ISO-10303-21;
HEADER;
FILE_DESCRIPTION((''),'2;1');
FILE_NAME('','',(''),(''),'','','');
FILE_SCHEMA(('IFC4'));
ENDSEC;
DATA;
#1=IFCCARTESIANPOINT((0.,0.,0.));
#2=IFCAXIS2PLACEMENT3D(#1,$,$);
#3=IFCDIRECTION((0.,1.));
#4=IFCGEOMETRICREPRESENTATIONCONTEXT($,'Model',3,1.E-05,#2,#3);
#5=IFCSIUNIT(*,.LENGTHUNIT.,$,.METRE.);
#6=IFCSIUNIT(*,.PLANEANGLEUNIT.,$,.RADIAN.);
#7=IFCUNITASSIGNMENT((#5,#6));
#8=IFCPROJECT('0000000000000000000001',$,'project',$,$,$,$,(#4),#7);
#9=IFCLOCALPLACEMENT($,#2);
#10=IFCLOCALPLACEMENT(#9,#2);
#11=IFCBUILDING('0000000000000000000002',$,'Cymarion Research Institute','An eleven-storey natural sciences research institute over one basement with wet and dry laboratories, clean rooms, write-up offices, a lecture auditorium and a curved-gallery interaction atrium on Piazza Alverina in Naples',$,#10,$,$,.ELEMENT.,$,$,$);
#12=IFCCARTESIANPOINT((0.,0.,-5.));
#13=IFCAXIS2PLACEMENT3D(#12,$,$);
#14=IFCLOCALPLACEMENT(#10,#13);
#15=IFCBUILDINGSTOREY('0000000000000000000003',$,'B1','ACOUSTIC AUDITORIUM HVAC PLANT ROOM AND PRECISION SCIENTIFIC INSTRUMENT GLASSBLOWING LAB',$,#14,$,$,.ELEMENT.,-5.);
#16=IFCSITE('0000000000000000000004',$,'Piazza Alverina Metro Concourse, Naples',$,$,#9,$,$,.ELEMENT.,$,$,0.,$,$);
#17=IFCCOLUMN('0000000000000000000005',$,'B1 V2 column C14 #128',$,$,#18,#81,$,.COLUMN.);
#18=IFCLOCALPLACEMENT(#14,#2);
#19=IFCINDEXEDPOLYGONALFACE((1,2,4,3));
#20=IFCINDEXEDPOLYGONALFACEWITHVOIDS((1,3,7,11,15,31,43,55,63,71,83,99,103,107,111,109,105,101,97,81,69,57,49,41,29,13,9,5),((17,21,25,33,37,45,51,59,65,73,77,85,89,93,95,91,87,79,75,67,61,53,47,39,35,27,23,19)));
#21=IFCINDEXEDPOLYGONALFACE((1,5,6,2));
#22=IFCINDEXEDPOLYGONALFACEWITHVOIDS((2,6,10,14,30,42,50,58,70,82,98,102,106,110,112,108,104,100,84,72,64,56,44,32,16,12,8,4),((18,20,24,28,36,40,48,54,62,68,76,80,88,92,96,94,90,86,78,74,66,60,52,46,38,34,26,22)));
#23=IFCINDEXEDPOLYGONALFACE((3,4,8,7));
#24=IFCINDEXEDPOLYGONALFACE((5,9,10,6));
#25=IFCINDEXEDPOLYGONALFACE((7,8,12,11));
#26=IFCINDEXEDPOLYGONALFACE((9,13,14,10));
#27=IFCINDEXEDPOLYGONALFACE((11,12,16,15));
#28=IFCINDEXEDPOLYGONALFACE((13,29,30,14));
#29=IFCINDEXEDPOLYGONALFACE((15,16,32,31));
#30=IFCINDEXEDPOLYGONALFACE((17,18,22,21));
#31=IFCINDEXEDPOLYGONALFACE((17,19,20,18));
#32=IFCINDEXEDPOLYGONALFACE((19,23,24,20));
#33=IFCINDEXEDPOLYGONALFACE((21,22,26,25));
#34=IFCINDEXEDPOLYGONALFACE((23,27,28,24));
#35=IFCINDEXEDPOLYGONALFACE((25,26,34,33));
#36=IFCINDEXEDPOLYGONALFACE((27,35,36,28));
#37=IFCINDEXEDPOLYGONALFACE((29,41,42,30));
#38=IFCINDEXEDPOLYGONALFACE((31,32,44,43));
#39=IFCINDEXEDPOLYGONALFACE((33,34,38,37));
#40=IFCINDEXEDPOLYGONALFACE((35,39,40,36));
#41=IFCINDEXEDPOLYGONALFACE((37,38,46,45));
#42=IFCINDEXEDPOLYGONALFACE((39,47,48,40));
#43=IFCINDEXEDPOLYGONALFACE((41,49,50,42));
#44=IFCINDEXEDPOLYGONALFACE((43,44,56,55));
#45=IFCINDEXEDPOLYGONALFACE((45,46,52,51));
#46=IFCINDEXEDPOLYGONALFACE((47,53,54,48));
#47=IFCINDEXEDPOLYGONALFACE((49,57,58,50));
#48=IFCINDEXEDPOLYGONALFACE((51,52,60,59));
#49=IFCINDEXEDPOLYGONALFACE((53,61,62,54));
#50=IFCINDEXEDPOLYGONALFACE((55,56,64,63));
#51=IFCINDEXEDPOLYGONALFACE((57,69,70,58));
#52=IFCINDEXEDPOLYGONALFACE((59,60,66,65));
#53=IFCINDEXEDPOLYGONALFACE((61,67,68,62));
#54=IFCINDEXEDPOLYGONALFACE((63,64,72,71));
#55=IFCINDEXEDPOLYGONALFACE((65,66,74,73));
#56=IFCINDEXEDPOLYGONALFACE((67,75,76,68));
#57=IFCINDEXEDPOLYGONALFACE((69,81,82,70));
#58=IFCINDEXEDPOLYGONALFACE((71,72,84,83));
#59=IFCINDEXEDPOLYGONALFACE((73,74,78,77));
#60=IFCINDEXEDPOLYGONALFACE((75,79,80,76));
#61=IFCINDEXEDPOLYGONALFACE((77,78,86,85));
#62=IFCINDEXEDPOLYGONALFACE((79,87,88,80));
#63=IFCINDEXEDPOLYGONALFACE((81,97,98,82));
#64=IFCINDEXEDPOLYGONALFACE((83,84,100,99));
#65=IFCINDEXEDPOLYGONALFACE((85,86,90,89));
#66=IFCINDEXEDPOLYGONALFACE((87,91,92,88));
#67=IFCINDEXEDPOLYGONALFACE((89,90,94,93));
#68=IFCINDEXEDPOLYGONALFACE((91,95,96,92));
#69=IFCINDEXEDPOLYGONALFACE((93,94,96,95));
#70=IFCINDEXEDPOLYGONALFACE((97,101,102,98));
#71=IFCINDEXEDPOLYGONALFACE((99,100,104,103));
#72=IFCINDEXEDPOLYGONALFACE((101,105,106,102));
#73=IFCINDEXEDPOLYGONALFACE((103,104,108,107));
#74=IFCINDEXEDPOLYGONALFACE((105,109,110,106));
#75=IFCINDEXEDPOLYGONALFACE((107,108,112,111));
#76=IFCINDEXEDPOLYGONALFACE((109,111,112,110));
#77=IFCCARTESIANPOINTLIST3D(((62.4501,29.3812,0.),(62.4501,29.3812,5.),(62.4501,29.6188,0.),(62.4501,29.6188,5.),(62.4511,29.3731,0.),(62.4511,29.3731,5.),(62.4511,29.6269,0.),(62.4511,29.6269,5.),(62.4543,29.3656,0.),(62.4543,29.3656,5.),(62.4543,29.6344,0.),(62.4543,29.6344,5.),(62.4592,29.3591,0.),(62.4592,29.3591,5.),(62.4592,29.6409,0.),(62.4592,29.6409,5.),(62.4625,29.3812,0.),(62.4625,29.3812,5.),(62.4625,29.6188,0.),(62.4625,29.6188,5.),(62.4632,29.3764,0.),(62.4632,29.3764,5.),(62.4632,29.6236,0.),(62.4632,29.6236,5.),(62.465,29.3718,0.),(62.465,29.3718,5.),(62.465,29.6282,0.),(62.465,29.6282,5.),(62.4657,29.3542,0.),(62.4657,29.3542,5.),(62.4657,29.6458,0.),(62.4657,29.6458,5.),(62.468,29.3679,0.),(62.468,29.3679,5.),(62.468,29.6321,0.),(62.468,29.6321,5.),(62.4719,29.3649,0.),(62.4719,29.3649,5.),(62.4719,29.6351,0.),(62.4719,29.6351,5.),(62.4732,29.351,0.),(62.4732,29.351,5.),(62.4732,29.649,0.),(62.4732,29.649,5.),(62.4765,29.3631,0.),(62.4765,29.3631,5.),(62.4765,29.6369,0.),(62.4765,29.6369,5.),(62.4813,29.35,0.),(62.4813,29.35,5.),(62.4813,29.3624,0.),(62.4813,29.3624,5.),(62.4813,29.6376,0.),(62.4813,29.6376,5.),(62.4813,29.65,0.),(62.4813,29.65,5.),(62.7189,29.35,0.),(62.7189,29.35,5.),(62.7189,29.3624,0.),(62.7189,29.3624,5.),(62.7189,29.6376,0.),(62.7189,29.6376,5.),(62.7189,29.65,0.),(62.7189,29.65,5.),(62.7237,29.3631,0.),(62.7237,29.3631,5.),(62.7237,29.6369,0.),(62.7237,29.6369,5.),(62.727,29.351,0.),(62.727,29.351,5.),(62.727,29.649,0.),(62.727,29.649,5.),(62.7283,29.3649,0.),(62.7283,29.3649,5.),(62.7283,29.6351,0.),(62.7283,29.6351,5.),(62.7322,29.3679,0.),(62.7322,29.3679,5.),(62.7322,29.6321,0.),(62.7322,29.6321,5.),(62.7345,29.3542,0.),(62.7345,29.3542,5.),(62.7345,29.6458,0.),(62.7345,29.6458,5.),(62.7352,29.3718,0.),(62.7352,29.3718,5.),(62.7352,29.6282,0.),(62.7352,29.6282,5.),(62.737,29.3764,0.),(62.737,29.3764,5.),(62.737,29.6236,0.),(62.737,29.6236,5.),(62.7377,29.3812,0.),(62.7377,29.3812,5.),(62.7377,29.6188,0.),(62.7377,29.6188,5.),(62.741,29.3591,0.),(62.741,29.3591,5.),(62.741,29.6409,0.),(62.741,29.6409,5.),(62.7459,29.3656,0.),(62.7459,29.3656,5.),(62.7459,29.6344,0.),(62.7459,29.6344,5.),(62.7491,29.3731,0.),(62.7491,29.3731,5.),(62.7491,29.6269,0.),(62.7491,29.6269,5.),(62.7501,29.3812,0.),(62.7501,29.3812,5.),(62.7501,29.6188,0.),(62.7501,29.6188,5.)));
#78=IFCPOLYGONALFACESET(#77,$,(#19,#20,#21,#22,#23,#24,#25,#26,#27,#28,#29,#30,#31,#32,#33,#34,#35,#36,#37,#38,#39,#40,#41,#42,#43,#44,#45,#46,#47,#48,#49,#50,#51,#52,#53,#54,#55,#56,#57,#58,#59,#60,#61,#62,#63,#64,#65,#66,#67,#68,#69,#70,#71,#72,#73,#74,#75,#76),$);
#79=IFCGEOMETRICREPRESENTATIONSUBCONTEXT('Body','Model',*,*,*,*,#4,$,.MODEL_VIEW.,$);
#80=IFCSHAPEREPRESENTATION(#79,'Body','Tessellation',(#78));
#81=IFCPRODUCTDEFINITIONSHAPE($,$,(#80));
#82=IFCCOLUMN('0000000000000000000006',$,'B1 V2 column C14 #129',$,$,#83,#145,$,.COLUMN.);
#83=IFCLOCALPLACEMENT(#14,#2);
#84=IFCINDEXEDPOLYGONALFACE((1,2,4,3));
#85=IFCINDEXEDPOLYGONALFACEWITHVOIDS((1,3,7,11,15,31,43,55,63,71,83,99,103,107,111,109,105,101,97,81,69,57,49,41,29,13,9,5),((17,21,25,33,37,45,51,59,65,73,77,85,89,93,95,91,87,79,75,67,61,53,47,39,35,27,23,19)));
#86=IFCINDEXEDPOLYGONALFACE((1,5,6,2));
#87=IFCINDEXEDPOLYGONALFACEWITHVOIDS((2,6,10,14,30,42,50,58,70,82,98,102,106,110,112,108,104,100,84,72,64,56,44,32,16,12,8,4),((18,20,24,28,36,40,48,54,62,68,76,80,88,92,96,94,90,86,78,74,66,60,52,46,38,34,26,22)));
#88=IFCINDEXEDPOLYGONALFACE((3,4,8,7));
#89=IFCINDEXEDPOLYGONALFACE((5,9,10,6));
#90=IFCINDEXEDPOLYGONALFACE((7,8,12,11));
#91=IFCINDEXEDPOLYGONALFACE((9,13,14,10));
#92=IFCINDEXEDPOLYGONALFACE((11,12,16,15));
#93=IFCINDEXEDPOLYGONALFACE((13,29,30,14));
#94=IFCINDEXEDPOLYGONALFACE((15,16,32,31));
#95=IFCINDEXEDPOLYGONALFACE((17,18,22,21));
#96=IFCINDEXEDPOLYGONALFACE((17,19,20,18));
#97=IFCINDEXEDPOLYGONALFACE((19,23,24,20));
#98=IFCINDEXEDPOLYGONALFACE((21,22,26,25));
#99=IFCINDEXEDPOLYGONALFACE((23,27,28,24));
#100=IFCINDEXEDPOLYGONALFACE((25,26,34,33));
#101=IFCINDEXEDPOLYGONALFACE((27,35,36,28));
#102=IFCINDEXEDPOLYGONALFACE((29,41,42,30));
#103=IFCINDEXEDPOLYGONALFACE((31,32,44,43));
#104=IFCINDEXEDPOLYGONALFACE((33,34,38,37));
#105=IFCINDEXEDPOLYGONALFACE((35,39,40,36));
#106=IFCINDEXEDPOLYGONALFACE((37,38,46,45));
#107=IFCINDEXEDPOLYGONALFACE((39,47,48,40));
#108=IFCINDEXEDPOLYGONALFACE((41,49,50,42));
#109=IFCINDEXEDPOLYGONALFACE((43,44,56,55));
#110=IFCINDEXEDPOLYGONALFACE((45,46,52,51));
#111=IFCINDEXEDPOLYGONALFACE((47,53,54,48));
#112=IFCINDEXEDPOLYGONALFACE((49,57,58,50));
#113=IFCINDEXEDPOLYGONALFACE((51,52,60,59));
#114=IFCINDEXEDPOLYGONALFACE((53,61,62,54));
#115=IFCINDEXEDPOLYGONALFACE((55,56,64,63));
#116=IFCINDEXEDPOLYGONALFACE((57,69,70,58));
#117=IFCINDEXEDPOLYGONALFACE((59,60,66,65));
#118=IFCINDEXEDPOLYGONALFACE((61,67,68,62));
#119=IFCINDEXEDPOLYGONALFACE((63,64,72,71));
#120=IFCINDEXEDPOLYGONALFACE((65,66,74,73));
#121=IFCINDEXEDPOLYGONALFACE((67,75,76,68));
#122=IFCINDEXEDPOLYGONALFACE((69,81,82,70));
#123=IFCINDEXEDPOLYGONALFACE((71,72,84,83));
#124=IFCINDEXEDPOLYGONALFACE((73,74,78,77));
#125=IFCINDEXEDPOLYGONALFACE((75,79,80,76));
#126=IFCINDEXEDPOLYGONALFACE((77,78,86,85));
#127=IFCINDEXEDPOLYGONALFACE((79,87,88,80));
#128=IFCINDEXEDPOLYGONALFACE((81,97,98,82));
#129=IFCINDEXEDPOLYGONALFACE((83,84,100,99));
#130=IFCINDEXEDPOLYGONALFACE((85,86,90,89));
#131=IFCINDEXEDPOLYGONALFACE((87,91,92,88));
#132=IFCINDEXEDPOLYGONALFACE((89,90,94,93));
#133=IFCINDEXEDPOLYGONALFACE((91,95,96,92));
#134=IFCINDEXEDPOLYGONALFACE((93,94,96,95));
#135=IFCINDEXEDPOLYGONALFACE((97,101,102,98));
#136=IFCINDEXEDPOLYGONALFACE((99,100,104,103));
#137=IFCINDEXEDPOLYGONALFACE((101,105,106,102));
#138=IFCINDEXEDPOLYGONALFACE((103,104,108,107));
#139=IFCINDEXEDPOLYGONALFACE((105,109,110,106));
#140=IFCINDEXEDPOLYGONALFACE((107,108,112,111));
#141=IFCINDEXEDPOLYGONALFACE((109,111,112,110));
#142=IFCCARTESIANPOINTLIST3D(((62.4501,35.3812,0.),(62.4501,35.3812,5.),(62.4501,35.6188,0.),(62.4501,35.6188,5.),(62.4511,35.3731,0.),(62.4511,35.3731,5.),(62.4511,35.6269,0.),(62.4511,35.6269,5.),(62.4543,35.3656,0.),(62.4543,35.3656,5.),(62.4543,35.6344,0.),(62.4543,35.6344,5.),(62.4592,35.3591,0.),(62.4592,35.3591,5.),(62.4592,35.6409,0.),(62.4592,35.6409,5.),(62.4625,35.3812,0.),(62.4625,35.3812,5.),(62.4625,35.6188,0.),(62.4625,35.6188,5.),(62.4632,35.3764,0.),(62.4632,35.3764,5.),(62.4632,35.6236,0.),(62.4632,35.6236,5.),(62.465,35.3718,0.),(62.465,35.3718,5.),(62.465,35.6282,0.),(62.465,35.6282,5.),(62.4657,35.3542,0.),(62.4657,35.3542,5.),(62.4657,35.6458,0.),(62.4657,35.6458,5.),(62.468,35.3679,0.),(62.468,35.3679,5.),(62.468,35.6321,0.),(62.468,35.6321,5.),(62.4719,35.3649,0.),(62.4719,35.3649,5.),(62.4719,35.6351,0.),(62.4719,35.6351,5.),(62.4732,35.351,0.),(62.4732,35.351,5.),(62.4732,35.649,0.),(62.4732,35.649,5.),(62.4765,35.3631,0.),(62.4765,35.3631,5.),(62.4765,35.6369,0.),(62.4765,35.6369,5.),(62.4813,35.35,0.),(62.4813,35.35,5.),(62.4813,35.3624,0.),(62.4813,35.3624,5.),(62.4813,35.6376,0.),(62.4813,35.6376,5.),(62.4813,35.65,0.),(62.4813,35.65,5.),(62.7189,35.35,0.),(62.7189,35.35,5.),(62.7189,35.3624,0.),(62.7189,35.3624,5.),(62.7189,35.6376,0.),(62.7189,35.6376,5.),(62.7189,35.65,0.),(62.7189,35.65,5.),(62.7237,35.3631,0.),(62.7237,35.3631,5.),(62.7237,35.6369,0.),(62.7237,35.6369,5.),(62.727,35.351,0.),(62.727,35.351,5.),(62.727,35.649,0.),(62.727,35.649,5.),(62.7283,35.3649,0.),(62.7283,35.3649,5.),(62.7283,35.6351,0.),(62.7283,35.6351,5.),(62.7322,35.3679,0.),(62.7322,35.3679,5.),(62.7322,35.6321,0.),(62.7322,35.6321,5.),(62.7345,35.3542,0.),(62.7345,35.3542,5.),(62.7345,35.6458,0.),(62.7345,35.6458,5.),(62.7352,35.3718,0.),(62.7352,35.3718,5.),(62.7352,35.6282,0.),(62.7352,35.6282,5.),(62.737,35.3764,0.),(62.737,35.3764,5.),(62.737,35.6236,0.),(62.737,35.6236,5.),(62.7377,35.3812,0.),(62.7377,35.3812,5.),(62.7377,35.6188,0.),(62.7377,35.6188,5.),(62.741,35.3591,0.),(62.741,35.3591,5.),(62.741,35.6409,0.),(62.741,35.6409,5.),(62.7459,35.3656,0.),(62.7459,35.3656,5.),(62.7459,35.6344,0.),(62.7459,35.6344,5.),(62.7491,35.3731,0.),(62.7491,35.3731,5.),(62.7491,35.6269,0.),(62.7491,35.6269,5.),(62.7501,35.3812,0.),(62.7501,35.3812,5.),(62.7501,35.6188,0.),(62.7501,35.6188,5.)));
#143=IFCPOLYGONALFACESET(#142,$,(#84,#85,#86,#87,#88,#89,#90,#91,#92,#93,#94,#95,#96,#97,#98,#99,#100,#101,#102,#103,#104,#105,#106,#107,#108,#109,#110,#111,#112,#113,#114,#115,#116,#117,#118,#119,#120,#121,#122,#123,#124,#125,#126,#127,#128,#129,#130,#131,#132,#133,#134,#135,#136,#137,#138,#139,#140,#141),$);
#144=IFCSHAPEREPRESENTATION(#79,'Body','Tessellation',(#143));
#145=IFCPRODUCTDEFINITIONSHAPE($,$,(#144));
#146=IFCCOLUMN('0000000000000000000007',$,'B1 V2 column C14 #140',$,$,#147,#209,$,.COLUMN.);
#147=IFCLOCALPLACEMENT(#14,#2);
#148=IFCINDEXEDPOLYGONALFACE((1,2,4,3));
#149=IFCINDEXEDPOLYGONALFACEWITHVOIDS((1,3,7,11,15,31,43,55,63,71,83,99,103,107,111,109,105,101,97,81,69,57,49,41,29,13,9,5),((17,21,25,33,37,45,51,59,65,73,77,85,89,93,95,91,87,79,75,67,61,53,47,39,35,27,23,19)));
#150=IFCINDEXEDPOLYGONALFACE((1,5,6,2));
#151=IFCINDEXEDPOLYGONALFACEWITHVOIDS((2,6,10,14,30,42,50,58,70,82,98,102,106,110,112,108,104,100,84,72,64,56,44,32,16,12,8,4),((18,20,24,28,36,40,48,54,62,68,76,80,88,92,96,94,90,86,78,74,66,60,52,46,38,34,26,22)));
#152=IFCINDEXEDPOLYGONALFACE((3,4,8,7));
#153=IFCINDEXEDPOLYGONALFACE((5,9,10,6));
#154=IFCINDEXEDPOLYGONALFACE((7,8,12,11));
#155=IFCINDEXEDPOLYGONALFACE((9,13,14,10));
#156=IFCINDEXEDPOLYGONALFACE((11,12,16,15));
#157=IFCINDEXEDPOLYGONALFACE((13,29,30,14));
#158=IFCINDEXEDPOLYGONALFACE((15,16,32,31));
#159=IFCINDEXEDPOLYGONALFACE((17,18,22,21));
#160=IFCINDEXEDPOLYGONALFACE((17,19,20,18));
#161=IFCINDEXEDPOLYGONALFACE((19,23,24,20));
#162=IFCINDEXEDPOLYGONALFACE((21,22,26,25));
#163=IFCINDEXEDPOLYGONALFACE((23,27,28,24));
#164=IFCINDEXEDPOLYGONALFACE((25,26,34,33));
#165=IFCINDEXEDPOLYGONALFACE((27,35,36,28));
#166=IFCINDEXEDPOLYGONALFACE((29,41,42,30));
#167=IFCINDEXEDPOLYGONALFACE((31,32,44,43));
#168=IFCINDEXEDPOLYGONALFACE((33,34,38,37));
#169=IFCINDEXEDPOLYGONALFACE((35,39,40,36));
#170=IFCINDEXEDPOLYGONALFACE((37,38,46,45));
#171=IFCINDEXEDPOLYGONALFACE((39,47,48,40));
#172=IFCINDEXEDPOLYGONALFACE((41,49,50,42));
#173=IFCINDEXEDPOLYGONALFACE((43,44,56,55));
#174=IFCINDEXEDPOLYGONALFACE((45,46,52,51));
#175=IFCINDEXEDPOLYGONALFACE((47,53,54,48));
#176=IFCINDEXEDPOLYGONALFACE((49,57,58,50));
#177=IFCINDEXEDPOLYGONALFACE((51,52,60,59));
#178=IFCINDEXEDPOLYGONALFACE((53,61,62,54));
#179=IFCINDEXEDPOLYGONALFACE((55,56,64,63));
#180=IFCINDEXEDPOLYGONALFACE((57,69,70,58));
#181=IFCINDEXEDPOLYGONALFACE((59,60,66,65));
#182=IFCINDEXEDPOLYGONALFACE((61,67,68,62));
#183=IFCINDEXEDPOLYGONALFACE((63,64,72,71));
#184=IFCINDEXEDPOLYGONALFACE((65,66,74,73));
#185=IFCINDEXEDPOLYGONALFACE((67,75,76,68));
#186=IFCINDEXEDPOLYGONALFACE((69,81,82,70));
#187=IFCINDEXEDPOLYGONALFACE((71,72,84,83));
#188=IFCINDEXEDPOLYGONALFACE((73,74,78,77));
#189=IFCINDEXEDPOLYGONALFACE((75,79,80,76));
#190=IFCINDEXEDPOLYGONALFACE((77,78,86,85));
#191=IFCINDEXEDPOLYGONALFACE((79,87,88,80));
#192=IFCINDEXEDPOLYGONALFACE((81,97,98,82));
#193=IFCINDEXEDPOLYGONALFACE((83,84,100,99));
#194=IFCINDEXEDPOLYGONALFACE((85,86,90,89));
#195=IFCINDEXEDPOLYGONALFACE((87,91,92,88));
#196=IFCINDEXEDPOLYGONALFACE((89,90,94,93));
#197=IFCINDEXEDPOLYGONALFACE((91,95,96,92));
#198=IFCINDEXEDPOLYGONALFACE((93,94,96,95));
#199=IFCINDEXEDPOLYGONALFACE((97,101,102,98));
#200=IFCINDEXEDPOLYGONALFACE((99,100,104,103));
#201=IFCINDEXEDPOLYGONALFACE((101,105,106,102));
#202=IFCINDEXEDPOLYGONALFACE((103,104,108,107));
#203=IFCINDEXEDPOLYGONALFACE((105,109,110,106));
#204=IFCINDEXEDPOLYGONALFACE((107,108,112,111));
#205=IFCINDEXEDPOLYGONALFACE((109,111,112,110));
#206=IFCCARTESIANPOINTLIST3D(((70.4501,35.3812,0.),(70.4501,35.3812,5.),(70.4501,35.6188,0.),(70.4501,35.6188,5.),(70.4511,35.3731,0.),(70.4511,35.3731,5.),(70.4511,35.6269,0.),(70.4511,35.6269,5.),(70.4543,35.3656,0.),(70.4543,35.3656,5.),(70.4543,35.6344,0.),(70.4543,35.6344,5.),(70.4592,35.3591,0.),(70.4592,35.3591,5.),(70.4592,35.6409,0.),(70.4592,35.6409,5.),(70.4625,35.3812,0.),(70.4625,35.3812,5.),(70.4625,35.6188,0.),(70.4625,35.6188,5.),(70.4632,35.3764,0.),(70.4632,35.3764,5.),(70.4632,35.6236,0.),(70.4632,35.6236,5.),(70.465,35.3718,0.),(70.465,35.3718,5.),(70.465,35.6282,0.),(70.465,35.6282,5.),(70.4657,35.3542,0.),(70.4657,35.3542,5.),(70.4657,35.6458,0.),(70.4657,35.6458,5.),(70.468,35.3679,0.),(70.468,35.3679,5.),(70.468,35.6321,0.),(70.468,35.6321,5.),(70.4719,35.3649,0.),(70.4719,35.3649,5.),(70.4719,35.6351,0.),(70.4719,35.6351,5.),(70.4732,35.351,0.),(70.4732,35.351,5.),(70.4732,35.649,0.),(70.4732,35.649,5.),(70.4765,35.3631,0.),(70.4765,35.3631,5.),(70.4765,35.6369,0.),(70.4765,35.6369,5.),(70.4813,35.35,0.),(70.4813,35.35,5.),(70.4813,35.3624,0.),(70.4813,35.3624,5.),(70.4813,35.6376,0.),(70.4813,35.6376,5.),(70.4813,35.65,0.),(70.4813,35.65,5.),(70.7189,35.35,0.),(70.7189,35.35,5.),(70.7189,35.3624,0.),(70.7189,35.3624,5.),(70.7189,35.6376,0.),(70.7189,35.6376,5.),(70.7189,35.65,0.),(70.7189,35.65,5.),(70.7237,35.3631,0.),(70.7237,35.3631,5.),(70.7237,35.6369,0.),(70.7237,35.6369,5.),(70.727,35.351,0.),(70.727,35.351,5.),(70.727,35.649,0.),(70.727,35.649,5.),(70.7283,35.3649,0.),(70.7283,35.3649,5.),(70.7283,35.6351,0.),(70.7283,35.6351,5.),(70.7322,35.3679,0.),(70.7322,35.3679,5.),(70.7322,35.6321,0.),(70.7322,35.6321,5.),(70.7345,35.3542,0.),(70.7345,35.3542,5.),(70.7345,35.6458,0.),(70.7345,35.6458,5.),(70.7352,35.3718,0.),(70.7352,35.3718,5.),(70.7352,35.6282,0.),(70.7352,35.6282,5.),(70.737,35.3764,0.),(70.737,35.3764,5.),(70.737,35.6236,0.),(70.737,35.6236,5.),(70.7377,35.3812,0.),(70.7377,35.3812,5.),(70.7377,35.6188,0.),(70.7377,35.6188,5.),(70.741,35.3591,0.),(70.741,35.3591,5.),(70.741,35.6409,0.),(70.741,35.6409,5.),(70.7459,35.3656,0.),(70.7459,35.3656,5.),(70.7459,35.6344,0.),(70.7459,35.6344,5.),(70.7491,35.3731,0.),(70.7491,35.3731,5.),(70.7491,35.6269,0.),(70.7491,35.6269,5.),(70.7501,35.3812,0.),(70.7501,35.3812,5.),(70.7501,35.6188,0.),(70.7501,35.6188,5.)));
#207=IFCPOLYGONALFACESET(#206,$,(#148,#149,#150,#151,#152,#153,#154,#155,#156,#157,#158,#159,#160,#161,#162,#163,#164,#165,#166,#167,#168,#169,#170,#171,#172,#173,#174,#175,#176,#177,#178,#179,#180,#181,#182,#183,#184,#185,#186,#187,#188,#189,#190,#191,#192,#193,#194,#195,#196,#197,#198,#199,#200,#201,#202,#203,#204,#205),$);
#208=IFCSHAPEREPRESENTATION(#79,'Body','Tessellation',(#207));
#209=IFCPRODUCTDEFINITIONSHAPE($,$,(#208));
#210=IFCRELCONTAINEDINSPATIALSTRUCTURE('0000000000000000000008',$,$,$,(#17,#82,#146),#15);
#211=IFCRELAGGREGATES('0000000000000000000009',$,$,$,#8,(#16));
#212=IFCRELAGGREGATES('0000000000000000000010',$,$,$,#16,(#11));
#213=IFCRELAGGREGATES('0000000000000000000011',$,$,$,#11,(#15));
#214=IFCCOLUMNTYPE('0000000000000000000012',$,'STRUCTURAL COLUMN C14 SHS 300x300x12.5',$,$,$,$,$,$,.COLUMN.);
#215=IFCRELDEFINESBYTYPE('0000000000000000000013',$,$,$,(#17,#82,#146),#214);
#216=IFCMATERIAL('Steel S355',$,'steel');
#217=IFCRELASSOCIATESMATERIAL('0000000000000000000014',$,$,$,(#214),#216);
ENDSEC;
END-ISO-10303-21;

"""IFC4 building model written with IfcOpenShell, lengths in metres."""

from ifc_helpers import new_model, si_unit, direction, frame, origin, origin_2d, place, context, subcontext, project, spatial, hollow_rectangle, extrude, material, material_profile, profile_set, type_object, element, save


model = new_model("IFC4")

# Units and contexts
model_context = context("Model", 3, precision=1e-05, world=origin(), true_north=direction((0.0, 1.0)))
body_context = subcontext(model_context, "Body", "Model", "MODEL_VIEW")
ifc_project = project(units=[si_unit("LENGTHUNIT", "METRE"), si_unit("PLANEANGLEUNIT", "RADIAN")], contexts=[model_context])

# Site, building, storey
site_placement = place(None, origin())
site = spatial("IfcSite", under=ifc_project, at=site_placement, Name="Piazza Alverina Metro Concourse, Naples", CompositionType="ELEMENT", RefElevation=0.0)
building_placement = place(site_placement, origin())
building = spatial("IfcBuilding", under=site, at=building_placement, Name="Cymarion Research Institute", Description="An eleven-storey natural sciences research institute over one basement with wet and dry laboratories, clean rooms, write-up offices, a lecture auditorium and a curved-gallery interaction atrium on Piazza Alverina in Naples", CompositionType="ELEMENT")
storey_placement = place(building_placement, frame((0.0, 0.0, -5.0)))
storey = spatial("IfcBuildingStorey", under=building, at=storey_placement, Name="B1", Description="ACOUSTIC AUDITORIUM HVAC PLANT ROOM AND PRECISION SCIENTIFIC INSTRUMENT GLASSBLOWING LAB", CompositionType="ELEMENT", Elevation=-5.0)

# Columns
ifc_material_1 = material(Name="Steel S355", Category="steel")
ifc_material_profile_1 = material_profile(ifc_material_1, hollow_rectangle(XDim=0.3, YDim=0.3, WallThickness=0.0125, InnerFilletRadius=0.0188, OuterFilletRadius=0.0312, at=origin_2d()), Name="SHS 300x300x12.5")
ifc_profile_set_1 = profile_set([ifc_material_profile_1], Name="Steel S355")
column_type_1 = type_object("IfcColumnType", Name="STRUCTURAL COLUMN C14 SHS 300x300x12.5", PredefinedType="COLUMN", material=ifc_profile_set_1)
for number, where, z_axis, x_axis, name in (
    (1, (62.6001, 29.5, 0.0), (0.0, 0.0, 1.0), (1.0, 0.0, 0.0), "B1 V2 column C14 #128"),
    (2, (62.6001, 35.5, 0.0), (0.0, 0.0, 1.0), (1.0, 0.0, 0.0), "B1 V2 column C14 #129"),
    (3, (70.6001, 35.5, 0.0), (0.0, 0.0, 1.0), (1.0, 0.0, 0.0), "B1 V2 column C14 #140"),
):
    element("IfcColumn", number, at=place(storey_placement, frame(where, z_axis=z_axis, x_axis=x_axis)), inside=storey, type_object=column_type_1, Name=name, PredefinedType="COLUMN", context=body_context, shape_type="SweptSolid", body=[
        extrude(hollow_rectangle(XDim=0.3, YDim=0.3, WallThickness=0.0125, InnerFilletRadius=0.0188, OuterFilletRadius=0.0312, at=origin_2d()), origin(), (0.0, 0.0, 1.0), 5.0),
    ])

save(model, "model.ifc")
